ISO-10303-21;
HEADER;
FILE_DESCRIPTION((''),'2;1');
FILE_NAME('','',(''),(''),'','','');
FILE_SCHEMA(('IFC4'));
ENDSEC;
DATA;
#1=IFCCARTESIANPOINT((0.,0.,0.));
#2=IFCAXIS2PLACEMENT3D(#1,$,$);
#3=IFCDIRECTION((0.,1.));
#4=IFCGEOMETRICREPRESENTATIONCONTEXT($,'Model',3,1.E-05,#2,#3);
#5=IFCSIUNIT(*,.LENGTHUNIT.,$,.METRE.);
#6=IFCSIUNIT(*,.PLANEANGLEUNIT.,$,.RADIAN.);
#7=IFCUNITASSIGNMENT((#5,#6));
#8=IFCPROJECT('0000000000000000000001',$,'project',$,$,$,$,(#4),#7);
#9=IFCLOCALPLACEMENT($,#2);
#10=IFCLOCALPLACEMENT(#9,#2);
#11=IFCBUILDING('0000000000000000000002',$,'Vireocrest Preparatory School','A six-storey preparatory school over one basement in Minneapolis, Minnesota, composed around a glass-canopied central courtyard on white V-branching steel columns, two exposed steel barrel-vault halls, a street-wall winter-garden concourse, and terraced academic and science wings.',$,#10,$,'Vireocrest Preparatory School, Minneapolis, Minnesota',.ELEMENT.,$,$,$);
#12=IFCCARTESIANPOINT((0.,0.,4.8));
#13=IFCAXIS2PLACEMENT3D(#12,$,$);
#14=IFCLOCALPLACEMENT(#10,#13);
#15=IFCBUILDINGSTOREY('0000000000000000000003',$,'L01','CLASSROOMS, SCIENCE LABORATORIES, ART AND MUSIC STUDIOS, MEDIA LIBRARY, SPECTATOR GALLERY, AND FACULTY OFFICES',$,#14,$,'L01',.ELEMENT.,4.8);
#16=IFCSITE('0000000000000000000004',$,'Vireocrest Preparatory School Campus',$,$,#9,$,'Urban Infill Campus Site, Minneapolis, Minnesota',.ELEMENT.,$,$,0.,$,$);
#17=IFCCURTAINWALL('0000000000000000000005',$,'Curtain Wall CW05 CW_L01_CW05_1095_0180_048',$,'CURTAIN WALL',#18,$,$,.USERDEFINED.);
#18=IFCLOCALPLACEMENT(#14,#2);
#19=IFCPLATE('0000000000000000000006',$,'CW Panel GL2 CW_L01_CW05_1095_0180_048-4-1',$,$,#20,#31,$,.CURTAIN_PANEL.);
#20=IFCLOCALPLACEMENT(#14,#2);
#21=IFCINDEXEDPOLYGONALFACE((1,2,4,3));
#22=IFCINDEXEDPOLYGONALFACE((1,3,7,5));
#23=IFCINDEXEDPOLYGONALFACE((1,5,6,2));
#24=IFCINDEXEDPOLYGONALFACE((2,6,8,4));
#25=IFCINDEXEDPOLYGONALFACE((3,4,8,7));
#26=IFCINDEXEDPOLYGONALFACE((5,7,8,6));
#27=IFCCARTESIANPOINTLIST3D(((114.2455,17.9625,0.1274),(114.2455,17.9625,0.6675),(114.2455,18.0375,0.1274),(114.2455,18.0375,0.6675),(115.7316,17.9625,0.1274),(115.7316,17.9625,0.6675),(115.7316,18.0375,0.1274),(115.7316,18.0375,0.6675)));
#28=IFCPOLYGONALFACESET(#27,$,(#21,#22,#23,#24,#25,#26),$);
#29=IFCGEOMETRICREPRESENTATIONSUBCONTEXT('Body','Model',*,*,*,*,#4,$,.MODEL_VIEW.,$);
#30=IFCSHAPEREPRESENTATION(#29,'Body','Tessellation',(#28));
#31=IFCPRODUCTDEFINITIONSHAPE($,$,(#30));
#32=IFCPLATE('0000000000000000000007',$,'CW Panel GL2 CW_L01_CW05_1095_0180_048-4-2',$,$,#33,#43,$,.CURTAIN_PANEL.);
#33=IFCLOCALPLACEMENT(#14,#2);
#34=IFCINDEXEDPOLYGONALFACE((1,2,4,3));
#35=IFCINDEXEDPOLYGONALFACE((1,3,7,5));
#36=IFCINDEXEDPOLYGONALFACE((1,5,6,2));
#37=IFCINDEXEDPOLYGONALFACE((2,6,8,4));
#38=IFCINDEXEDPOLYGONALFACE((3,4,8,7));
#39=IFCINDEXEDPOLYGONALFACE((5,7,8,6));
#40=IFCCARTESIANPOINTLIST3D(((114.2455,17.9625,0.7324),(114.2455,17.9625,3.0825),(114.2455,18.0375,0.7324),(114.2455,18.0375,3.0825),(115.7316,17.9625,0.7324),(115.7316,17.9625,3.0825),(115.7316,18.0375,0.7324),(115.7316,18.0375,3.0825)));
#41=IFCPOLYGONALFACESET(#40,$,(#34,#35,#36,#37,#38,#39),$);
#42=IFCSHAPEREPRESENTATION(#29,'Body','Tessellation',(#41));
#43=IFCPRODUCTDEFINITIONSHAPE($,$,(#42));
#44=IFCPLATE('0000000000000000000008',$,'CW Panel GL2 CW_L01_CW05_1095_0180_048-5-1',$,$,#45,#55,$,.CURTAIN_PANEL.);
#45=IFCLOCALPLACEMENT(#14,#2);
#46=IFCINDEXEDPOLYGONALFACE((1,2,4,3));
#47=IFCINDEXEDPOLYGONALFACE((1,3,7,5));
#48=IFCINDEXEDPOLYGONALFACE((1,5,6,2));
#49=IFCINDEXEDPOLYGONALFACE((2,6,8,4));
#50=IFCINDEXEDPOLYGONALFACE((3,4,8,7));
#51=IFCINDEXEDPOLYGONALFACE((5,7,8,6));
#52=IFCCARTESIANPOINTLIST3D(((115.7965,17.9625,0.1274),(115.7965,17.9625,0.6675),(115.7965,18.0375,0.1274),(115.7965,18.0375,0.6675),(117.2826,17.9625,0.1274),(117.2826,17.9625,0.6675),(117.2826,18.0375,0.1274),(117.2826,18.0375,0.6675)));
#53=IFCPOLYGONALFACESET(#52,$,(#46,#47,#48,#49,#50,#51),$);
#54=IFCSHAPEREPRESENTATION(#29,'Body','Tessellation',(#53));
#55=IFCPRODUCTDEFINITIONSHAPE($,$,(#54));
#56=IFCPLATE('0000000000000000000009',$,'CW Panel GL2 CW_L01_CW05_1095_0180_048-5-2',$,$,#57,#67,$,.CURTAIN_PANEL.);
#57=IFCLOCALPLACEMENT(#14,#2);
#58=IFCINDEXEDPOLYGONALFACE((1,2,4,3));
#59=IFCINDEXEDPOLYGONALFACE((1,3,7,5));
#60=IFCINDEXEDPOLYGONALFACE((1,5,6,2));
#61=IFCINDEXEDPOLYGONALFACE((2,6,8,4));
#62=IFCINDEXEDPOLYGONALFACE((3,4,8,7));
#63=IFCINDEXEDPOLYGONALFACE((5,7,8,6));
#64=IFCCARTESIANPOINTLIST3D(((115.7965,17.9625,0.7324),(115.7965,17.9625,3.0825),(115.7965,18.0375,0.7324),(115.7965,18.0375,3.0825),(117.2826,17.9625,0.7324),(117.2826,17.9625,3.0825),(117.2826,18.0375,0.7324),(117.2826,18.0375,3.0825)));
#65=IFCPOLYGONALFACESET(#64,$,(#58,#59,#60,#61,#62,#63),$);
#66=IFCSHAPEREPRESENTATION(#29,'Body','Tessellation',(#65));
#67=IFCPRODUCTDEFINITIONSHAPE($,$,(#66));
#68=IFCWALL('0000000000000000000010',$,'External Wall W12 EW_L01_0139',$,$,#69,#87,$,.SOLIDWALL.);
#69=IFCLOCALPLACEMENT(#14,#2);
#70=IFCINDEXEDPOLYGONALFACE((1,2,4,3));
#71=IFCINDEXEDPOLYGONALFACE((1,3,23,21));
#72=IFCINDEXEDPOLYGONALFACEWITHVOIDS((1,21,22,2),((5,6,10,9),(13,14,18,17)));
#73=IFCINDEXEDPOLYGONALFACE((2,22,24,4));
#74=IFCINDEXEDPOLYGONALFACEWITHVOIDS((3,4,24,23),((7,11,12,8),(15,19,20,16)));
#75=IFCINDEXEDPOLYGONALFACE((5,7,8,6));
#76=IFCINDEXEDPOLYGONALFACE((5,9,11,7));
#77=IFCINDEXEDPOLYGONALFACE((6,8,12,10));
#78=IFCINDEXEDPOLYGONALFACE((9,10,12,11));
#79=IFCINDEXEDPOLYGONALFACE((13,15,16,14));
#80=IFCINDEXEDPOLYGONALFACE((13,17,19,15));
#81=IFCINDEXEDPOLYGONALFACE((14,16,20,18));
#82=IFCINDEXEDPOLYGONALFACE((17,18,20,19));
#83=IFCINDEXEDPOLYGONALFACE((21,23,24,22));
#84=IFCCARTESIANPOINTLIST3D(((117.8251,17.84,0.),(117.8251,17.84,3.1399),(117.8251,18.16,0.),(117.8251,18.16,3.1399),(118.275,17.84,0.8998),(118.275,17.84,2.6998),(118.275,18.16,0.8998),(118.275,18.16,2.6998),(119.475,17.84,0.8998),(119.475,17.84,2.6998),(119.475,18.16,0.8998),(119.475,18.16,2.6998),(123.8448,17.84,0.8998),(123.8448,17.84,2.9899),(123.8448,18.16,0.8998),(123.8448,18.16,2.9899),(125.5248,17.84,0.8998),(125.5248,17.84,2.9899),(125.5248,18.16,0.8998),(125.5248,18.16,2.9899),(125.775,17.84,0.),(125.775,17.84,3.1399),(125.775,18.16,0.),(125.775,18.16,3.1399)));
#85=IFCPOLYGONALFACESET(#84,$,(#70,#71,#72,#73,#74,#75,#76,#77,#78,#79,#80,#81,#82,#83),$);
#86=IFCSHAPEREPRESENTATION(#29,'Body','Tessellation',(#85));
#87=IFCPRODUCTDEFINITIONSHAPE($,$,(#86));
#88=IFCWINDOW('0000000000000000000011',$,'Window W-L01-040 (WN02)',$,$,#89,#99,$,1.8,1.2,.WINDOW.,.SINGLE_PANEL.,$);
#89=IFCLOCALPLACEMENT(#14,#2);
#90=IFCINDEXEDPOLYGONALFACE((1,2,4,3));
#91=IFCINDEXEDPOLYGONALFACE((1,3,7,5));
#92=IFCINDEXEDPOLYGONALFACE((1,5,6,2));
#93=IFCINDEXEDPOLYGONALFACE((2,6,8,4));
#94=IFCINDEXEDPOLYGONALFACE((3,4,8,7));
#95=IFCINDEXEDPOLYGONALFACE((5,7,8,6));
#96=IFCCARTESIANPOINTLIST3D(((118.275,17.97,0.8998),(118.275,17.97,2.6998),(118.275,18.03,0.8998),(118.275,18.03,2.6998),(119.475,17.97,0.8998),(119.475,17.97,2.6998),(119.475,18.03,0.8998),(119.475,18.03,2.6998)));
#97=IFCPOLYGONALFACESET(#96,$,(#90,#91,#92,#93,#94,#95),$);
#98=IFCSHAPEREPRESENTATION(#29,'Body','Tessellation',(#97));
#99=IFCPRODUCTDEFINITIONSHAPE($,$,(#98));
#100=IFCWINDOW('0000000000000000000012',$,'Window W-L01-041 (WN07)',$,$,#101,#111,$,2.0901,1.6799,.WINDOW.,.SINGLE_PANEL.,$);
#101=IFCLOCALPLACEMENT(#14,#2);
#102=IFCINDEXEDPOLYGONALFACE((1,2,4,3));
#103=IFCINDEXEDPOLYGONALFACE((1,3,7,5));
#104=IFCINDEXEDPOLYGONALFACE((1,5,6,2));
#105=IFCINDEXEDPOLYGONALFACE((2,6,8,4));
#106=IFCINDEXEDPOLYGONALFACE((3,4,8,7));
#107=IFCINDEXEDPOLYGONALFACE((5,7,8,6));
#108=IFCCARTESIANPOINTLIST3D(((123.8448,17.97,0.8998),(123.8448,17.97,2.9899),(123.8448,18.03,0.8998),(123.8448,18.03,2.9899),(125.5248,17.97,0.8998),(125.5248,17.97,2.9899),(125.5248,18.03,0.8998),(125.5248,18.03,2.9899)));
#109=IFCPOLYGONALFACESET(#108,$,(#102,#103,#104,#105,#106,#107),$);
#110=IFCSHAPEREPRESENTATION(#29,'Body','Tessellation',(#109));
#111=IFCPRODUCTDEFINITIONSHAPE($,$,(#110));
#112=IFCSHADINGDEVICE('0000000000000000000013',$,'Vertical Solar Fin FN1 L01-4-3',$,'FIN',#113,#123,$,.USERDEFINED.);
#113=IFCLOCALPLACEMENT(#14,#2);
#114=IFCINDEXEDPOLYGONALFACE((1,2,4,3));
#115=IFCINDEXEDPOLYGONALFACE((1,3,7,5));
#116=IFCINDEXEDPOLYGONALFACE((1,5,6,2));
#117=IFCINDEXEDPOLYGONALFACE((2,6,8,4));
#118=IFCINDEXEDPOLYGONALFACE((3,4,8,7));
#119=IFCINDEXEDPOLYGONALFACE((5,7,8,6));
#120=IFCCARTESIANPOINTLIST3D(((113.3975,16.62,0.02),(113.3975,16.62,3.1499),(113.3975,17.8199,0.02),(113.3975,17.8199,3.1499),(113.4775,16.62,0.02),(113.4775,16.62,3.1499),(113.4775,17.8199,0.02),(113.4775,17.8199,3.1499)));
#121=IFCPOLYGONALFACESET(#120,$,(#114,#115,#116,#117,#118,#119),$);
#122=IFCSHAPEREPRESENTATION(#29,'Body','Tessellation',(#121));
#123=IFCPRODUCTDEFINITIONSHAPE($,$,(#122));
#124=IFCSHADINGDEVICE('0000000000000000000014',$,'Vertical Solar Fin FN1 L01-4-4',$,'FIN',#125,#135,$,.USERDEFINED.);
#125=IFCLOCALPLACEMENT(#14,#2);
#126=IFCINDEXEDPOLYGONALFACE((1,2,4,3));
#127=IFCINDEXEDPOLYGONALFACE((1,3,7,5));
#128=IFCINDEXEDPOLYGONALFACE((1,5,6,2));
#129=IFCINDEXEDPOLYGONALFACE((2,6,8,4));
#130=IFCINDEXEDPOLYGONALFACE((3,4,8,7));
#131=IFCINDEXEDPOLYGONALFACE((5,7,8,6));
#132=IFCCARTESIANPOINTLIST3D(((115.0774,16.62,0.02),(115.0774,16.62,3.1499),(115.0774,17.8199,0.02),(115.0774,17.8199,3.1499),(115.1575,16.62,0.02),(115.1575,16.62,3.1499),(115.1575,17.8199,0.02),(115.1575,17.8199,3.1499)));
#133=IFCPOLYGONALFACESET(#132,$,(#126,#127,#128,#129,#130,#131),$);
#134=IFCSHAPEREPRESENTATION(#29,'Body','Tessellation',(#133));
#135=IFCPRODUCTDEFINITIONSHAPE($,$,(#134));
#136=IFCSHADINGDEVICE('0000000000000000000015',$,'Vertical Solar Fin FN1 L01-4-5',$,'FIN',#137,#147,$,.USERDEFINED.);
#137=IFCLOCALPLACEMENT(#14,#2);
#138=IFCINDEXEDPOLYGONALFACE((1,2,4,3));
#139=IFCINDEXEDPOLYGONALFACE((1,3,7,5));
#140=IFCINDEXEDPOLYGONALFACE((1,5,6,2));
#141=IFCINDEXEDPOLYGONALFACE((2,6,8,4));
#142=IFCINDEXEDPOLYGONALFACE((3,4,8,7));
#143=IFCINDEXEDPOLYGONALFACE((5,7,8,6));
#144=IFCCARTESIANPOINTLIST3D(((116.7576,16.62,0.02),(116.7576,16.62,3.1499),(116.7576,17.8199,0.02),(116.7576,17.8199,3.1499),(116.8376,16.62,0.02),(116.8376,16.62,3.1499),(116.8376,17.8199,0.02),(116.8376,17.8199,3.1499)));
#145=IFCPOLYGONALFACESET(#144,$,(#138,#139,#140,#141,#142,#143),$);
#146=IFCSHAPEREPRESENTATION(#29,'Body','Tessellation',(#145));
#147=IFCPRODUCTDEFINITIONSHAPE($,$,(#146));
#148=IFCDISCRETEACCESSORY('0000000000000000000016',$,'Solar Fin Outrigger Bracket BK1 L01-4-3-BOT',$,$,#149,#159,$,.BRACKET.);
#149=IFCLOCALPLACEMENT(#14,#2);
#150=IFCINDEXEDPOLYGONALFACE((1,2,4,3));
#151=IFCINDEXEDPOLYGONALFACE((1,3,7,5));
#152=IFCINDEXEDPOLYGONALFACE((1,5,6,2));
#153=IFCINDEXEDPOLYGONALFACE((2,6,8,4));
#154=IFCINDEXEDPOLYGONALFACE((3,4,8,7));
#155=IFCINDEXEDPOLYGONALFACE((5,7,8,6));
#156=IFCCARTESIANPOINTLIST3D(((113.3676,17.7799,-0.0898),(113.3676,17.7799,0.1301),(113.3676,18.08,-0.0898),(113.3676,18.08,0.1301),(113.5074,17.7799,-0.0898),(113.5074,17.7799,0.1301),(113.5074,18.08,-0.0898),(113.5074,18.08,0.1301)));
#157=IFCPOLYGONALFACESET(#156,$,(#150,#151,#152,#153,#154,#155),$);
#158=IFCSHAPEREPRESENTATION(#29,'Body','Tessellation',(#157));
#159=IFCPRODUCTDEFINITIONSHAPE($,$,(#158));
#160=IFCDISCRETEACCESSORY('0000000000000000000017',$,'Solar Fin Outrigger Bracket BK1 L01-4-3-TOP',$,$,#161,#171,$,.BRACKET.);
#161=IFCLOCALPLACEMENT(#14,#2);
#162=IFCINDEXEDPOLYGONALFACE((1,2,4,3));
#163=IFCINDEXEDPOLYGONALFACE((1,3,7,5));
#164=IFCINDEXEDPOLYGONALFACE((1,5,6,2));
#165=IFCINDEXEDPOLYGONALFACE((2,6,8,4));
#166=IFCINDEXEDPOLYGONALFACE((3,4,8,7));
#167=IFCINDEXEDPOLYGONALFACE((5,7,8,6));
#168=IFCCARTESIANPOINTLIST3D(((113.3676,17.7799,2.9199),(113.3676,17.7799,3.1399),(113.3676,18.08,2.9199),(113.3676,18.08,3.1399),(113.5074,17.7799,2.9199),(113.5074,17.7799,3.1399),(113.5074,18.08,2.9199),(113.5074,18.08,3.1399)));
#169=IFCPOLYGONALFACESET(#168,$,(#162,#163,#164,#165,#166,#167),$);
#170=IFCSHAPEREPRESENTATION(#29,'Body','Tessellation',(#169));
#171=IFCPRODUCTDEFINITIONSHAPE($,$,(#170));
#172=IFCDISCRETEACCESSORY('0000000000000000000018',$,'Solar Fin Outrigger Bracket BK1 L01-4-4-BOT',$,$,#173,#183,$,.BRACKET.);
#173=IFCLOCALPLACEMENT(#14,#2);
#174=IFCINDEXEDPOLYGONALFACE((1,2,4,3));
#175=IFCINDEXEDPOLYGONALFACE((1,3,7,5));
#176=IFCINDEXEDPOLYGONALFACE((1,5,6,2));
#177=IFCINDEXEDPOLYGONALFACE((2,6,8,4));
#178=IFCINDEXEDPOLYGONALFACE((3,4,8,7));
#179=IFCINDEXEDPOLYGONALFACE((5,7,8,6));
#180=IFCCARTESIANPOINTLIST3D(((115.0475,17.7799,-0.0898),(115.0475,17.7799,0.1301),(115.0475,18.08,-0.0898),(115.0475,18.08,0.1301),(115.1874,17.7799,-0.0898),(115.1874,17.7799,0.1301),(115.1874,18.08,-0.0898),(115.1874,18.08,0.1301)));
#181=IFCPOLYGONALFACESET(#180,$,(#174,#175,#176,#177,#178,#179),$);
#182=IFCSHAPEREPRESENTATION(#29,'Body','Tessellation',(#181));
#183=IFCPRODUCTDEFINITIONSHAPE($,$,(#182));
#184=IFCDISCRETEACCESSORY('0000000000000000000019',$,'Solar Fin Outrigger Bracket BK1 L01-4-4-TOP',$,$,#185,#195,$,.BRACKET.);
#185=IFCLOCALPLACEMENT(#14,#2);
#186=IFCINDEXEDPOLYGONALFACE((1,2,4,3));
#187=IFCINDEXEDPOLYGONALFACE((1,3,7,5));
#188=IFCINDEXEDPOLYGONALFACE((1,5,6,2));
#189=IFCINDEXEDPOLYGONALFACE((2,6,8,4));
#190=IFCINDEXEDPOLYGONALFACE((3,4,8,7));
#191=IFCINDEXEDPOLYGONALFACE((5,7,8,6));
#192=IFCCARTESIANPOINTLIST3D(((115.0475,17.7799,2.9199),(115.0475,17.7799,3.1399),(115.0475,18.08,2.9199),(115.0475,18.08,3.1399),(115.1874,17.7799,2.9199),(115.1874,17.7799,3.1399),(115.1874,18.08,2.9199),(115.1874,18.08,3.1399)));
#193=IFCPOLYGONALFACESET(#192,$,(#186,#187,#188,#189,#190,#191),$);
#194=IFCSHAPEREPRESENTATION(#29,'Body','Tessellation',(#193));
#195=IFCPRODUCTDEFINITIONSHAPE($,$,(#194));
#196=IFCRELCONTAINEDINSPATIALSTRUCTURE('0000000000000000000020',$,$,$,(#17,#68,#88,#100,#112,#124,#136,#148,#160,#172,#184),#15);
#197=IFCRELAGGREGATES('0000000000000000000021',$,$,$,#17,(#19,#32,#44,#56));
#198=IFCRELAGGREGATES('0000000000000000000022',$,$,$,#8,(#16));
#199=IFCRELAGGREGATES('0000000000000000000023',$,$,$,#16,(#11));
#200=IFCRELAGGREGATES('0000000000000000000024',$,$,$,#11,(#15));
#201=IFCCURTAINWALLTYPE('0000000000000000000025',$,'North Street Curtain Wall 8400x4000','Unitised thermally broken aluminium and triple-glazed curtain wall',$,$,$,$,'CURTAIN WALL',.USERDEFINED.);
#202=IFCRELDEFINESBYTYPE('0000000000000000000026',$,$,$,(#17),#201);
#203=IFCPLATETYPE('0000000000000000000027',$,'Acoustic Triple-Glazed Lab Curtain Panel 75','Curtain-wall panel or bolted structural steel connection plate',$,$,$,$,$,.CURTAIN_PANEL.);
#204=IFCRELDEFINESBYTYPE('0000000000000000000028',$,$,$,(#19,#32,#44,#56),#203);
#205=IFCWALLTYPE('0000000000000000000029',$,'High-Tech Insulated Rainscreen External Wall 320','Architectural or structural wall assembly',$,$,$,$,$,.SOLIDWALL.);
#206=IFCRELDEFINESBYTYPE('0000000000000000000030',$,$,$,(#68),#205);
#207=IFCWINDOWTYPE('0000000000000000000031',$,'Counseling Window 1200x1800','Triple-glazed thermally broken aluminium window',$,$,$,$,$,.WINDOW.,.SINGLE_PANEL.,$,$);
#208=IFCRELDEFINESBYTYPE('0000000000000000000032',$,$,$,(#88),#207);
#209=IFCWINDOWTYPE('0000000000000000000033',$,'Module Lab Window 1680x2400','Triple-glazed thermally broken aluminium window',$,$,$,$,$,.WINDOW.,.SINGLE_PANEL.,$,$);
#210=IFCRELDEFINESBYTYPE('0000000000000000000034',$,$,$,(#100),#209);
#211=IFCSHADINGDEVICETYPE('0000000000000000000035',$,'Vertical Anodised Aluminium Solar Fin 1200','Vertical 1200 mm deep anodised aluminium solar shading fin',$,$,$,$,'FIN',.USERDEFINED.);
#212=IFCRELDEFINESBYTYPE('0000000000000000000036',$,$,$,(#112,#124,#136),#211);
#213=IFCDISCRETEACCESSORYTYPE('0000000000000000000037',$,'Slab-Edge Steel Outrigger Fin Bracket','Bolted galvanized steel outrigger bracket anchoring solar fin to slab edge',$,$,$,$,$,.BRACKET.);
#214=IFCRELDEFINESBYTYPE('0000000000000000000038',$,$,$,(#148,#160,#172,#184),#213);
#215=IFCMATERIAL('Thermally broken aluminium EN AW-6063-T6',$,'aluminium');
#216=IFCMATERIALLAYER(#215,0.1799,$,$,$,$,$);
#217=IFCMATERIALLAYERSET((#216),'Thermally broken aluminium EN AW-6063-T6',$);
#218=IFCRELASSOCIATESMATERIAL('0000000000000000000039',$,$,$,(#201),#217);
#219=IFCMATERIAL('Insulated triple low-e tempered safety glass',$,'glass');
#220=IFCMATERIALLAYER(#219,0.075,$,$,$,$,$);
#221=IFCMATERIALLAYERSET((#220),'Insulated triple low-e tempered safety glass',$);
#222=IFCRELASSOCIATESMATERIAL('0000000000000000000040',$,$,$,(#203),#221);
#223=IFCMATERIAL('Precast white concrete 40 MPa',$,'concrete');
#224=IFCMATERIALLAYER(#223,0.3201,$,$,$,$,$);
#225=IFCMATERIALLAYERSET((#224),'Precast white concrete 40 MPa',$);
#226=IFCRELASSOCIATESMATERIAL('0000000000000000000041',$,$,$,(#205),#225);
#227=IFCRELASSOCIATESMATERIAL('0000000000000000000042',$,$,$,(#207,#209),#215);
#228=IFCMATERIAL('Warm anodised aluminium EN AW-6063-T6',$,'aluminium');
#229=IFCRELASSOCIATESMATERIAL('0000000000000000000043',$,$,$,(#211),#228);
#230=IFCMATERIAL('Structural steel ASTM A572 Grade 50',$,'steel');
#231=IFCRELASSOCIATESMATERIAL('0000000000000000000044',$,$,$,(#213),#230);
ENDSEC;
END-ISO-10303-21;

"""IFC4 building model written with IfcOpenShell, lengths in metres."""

from ifc_helpers import new_model, si_unit, direction, frame, frame_2d, origin, origin_2d, place, context, subcontext, project, spatial, rectangle, extrude, material, layer, layer_set, material_profile, profile_set, type_object, element, fill, aggregate, save


model = new_model("IFC4")

# Units and contexts
model_context = context("Model", 3, precision=1e-05, world=origin(), true_north=direction((0.0, 1.0)))
body_context = subcontext(model_context, "Body", "Model", "MODEL_VIEW")
ifc_project = project(units=[si_unit("LENGTHUNIT", "METRE"), si_unit("PLANEANGLEUNIT", "RADIAN")], contexts=[model_context])

# Site, building, storey
site_placement = place(None, origin())
site = spatial("IfcSite", under=ifc_project, at=site_placement, Name="Vireocrest Preparatory School Campus", LongName="Urban Infill Campus Site, Minneapolis, Minnesota", CompositionType="ELEMENT", RefElevation=0.0)
building_placement = place(site_placement, origin())
building = spatial("IfcBuilding", under=site, at=building_placement, Name="Vireocrest Preparatory School", Description="A six-storey preparatory school over one basement in Minneapolis, Minnesota, composed around a glass-canopied central courtyard on white V-branching steel columns, two exposed steel barrel-vault halls, a street-wall winter-garden concourse, and terraced academic and science wings.", LongName="Vireocrest Preparatory School, Minneapolis, Minnesota", CompositionType="ELEMENT")
storey_placement = place(building_placement, frame((0.0, 0.0, 4.8)))
storey = spatial("IfcBuildingStorey", under=building, at=storey_placement, Name="L01", Description="CLASSROOMS, SCIENCE LABORATORIES, ART AND MUSIC STUDIOS, MEDIA LIBRARY, SPECTATOR GALLERY, AND FACULTY OFFICES", LongName="L01", CompositionType="ELEMENT", Elevation=4.8)

# Curtain wall
ifc_material_1 = material(Name="Thermally broken aluminium EN AW-6063-T6", Category="aluminium")
ifc_layer_1 = layer(ifc_material_1, 0.1799)
ifc_layer_set_1 = layer_set([ifc_layer_1], Name="Thermally broken aluminium EN AW-6063-T6")
curtain_wall_type = type_object("IfcCurtainWallType", Name="North Street Curtain Wall 8400x4000", Description="Unitised thermally broken aluminium and triple-glazed curtain wall", ElementType="CURTAIN WALL", PredefinedType="USERDEFINED", material=ifc_layer_set_1)
curtain_wall_placement = place(storey_placement, origin())
curtain_wall = element("IfcCurtainWall", 1, at=curtain_wall_placement, inside=storey, type_object=curtain_wall_type, Name="Curtain Wall CW05 CW_L01_CW05_1095_0180_048", ObjectType="CURTAIN WALL", PredefinedType="USERDEFINED")

# Plates
ifc_material_2 = material(Name="Insulated triple low-e tempered safety glass", Category="glass")
ifc_layer_2 = layer(ifc_material_2, 0.075)
ifc_layer_set_2 = layer_set([ifc_layer_2], Name="Insulated triple low-e tempered safety glass")
plate_type = type_object("IfcPlateType", Name="Acoustic Triple-Glazed Lab Curtain Panel 75", Description="Curtain-wall panel or bolted structural steel connection plate", PredefinedType="CURTAIN_PANEL", material=ifc_layer_set_2)
plate_1_placement = place(storey_placement, frame((114.9885, 18.0, 0.1274), z_axis=(0.0, 0.0, 1.0), x_axis=(1.0, 0.0, 0.0)))
plate_1 = element("IfcPlate", 2, at=plate_1_placement, type_object=plate_type, Name="CW Panel GL2 CW_L01_CW05_1095_0180_048-4-1", PredefinedType="CURTAIN_PANEL", context=body_context, shape_type="SweptSolid", body=[
    extrude(rectangle(XDim=1.4861, YDim=0.075, at=origin_2d()), origin(), (0.0, 0.0, 1.0), 0.54),
])
plate_2_placement = place(storey_placement, frame((114.9885, 18.0, 0.7324), z_axis=(0.0, 0.0, 1.0), x_axis=(1.0, 0.0, 0.0)))
plate_2 = element("IfcPlate", 3, at=plate_2_placement, type_object=plate_type, Name="CW Panel GL2 CW_L01_CW05_1095_0180_048-4-2", PredefinedType="CURTAIN_PANEL", context=body_context, shape_type="SweptSolid", body=[
    extrude(rectangle(XDim=1.4861, YDim=0.075, at=origin_2d()), origin(), (0.0, 0.0, 1.0), 2.3501),
])
plate_3_placement = place(storey_placement, frame((116.5396, 18.0, 0.1274), z_axis=(0.0, 0.0, 1.0), x_axis=(1.0, 0.0, 0.0)))
plate_3 = element("IfcPlate", 4, at=plate_3_placement, type_object=plate_type, Name="CW Panel GL2 CW_L01_CW05_1095_0180_048-5-1", PredefinedType="CURTAIN_PANEL", context=body_context, shape_type="SweptSolid", body=[
    extrude(rectangle(XDim=1.4861, YDim=0.075, at=origin_2d()), origin(), (0.0, 0.0, 1.0), 0.54),
])
plate_4_placement = place(storey_placement, frame((116.5396, 18.0, 0.7324), z_axis=(0.0, 0.0, 1.0), x_axis=(1.0, 0.0, 0.0)))
plate_4 = element("IfcPlate", 5, at=plate_4_placement, type_object=plate_type, Name="CW Panel GL2 CW_L01_CW05_1095_0180_048-5-2", PredefinedType="CURTAIN_PANEL", context=body_context, shape_type="SweptSolid", body=[
    extrude(rectangle(XDim=1.4861, YDim=0.075, at=origin_2d()), origin(), (0.0, 0.0, 1.0), 2.3501),
])
aggregate(curtain_wall, [plate_1, plate_2, plate_3, plate_4])

# Wall, openings, windows
ifc_material_3 = material(Name="Precast white concrete 40 MPa", Category="concrete")
ifc_layer_3 = layer(ifc_material_3, 0.3201)
ifc_layer_set_3 = layer_set([ifc_layer_3], Name="Precast white concrete 40 MPa")
wall_type = type_object("IfcWallType", Name="High-Tech Insulated Rainscreen External Wall 320", Description="Architectural or structural wall assembly", PredefinedType="SOLIDWALL", material=ifc_layer_set_3)
wall_placement = place(storey_placement, frame((117.825, 18.0, 0.0), z_axis=(0.0, 0.0, 1.0), x_axis=(1.0, 0.0, 0.0)))
wall = element("IfcWall", 6, at=wall_placement, inside=storey, type_object=wall_type, Name="External Wall W12 EW_L01_0139", PredefinedType="SOLIDWALL", context=body_context, shape_type="SweptSolid", body=[
    extrude(rectangle(XDim=7.95, YDim=0.3201, at=frame_2d((3.9751, 0.0))), origin(), (0.0, 0.0, 1.0), 3.1399),
])
opening_1_placement = place(wall_placement, frame((0.45, 0.0, 0.8999)))
opening_1 = element("IfcOpeningElement", 7, at=opening_1_placement, cuts=wall, PredefinedType="OPENING", context=body_context, shape_type="SweptSolid", body=[
    extrude(rectangle(XDim=1.2, YDim=1.8, at=frame_2d((0.6001, 0.8999))), frame((0.0, 0.1699, 0.0), z_axis=(0.0, -1.0, 0.0), x_axis=(1.0, 0.0, 0.0)), (0.0, 0.0, 1.0), 0.3401),
])
opening_2_placement = place(wall_placement, frame((6.02, 0.0, 0.8999)))
opening_2 = element("IfcOpeningElement", 8, at=opening_2_placement, cuts=wall, PredefinedType="OPENING", context=body_context, shape_type="SweptSolid", body=[
    extrude(rectangle(XDim=1.6799, YDim=2.0901, at=frame_2d((0.8398, 1.0449))), frame((0.0, 0.1699, 0.0), z_axis=(0.0, -1.0, 0.0), x_axis=(1.0, 0.0, 0.0)), (0.0, 0.0, 1.0), 0.3401),
])
window_type_1 = type_object("IfcWindowType", Name="Counseling Window 1200x1800", Description="Triple-glazed thermally broken aluminium window", PartitioningType="SINGLE_PANEL", PredefinedType="WINDOW", material=ifc_material_1)
window_1_placement = place(opening_1_placement, origin())
window_1 = element("IfcWindow", 9, at=window_1_placement, inside=storey, type_object=window_type_1, Name="Window W-L01-040 (WN02)", OverallHeight=1.8, OverallWidth=1.2, PartitioningType="SINGLE_PANEL", PredefinedType="WINDOW", context=body_context, shape_type="SweptSolid", body=[
    extrude(rectangle(XDim=1.2, YDim=1.8, at=frame_2d((0.6001, 0.8999))), frame((0.0, 0.03, 0.0), z_axis=(0.0, -1.0, 0.0), x_axis=(1.0, 0.0, 0.0)), (0.0, 0.0, 1.0), 0.0601),
])
fill(opening_1, window_1)
window_type_2 = type_object("IfcWindowType", Name="Module Lab Window 1680x2400", Description="Triple-glazed thermally broken aluminium window", PartitioningType="SINGLE_PANEL", PredefinedType="WINDOW", material=ifc_material_1)
window_2_placement = place(opening_2_placement, origin())
window_2 = element("IfcWindow", 10, at=window_2_placement, inside=storey, type_object=window_type_2, Name="Window W-L01-041 (WN07)", OverallHeight=2.0901, OverallWidth=1.6799, PartitioningType="SINGLE_PANEL", PredefinedType="WINDOW", context=body_context, shape_type="SweptSolid", body=[
    extrude(rectangle(XDim=1.6799, YDim=2.0901, at=frame_2d((0.8398, 1.0449))), frame((0.0, 0.03, 0.0), z_axis=(0.0, -1.0, 0.0), x_axis=(1.0, 0.0, 0.0)), (0.0, 0.0, 1.0), 0.0601),
])
fill(opening_2, window_2)

# Shading devices
ifc_material_4 = material(Name="Warm anodised aluminium EN AW-6063-T6", Category="aluminium")
ifc_material_profile_1 = material_profile(ifc_material_4, rectangle(XDim=0.0801, YDim=1.2, at=origin_2d()), Name="FIN 80x1200")
ifc_profile_set_1 = profile_set([ifc_material_profile_1], Name="Warm anodised aluminium EN AW-6063-T6")
shading_device_type = type_object("IfcShadingDeviceType", Name="Vertical Anodised Aluminium Solar Fin 1200", Description="Vertical 1200 mm deep anodised aluminium solar shading fin", ElementType="FIN", PredefinedType="USERDEFINED", material=ifc_profile_set_1)
for number, where, z_axis, x_axis, name in (
    (11, (113.4375, 17.22, 0.02), (0.0, 0.0, 1.0), (-1.0, 0.0, 0.0), "Vertical Solar Fin FN1 L01-4-3"),
    (12, (115.1174, 17.22, 0.02), (0.0, 0.0, 1.0), (-1.0, 0.0, 0.0), "Vertical Solar Fin FN1 L01-4-4"),
    (13, (116.7976, 17.22, 0.02), (0.0, 0.0, 1.0), (-1.0, 0.0, 0.0), "Vertical Solar Fin FN1 L01-4-5"),
):
    element("IfcShadingDevice", number, at=place(storey_placement, frame(where, z_axis=z_axis, x_axis=x_axis)), inside=storey, type_object=shading_device_type, Name=name, ObjectType="FIN", PredefinedType="USERDEFINED", context=body_context, shape_type="SweptSolid", body=[
        extrude(rectangle(XDim=0.0801, YDim=1.2, at=origin_2d()), origin(), (0.0, 0.0, 1.0), 3.1299),
    ])

# Discrete accessories
ifc_material_5 = material(Name="Structural steel ASTM A572 Grade 50", Category="steel")
discrete_accessory_type = type_object("IfcDiscreteAccessoryType", Name="Slab-Edge Steel Outrigger Fin Bracket", Description="Bolted galvanized steel outrigger bracket anchoring solar fin to slab edge", PredefinedType="BRACKET", material=ifc_material_5)
for number, where, z_axis, x_axis, name in (
    (14, (113.4375, 17.9299, -0.0898), (0.0, 0.0, 1.0), (-1.0, 0.0, 0.0), "Solar Fin Outrigger Bracket BK1 L01-4-3-BOT"),
    (15, (113.4375, 17.9299, 2.9199), (0.0, 0.0, 1.0), (-1.0, 0.0, 0.0), "Solar Fin Outrigger Bracket BK1 L01-4-3-TOP"),
    (16, (115.1174, 17.9299, -0.0898), (0.0, 0.0, 1.0), (-1.0, 0.0, 0.0), "Solar Fin Outrigger Bracket BK1 L01-4-4-BOT"),
    (17, (115.1174, 17.9299, 2.9199), (0.0, 0.0, 1.0), (-1.0, 0.0, 0.0), "Solar Fin Outrigger Bracket BK1 L01-4-4-TOP"),
):
    element("IfcDiscreteAccessory", number, at=place(storey_placement, frame(where, z_axis=z_axis, x_axis=x_axis)), inside=storey, type_object=discrete_accessory_type, Name=name, PredefinedType="BRACKET", context=body_context, shape_type="SweptSolid", body=[
        extrude(rectangle(XDim=0.1399, YDim=0.3, at=origin_2d()), origin(), (0.0, 0.0, 1.0), 0.22),
    ])

save(model, "model.ifc")
